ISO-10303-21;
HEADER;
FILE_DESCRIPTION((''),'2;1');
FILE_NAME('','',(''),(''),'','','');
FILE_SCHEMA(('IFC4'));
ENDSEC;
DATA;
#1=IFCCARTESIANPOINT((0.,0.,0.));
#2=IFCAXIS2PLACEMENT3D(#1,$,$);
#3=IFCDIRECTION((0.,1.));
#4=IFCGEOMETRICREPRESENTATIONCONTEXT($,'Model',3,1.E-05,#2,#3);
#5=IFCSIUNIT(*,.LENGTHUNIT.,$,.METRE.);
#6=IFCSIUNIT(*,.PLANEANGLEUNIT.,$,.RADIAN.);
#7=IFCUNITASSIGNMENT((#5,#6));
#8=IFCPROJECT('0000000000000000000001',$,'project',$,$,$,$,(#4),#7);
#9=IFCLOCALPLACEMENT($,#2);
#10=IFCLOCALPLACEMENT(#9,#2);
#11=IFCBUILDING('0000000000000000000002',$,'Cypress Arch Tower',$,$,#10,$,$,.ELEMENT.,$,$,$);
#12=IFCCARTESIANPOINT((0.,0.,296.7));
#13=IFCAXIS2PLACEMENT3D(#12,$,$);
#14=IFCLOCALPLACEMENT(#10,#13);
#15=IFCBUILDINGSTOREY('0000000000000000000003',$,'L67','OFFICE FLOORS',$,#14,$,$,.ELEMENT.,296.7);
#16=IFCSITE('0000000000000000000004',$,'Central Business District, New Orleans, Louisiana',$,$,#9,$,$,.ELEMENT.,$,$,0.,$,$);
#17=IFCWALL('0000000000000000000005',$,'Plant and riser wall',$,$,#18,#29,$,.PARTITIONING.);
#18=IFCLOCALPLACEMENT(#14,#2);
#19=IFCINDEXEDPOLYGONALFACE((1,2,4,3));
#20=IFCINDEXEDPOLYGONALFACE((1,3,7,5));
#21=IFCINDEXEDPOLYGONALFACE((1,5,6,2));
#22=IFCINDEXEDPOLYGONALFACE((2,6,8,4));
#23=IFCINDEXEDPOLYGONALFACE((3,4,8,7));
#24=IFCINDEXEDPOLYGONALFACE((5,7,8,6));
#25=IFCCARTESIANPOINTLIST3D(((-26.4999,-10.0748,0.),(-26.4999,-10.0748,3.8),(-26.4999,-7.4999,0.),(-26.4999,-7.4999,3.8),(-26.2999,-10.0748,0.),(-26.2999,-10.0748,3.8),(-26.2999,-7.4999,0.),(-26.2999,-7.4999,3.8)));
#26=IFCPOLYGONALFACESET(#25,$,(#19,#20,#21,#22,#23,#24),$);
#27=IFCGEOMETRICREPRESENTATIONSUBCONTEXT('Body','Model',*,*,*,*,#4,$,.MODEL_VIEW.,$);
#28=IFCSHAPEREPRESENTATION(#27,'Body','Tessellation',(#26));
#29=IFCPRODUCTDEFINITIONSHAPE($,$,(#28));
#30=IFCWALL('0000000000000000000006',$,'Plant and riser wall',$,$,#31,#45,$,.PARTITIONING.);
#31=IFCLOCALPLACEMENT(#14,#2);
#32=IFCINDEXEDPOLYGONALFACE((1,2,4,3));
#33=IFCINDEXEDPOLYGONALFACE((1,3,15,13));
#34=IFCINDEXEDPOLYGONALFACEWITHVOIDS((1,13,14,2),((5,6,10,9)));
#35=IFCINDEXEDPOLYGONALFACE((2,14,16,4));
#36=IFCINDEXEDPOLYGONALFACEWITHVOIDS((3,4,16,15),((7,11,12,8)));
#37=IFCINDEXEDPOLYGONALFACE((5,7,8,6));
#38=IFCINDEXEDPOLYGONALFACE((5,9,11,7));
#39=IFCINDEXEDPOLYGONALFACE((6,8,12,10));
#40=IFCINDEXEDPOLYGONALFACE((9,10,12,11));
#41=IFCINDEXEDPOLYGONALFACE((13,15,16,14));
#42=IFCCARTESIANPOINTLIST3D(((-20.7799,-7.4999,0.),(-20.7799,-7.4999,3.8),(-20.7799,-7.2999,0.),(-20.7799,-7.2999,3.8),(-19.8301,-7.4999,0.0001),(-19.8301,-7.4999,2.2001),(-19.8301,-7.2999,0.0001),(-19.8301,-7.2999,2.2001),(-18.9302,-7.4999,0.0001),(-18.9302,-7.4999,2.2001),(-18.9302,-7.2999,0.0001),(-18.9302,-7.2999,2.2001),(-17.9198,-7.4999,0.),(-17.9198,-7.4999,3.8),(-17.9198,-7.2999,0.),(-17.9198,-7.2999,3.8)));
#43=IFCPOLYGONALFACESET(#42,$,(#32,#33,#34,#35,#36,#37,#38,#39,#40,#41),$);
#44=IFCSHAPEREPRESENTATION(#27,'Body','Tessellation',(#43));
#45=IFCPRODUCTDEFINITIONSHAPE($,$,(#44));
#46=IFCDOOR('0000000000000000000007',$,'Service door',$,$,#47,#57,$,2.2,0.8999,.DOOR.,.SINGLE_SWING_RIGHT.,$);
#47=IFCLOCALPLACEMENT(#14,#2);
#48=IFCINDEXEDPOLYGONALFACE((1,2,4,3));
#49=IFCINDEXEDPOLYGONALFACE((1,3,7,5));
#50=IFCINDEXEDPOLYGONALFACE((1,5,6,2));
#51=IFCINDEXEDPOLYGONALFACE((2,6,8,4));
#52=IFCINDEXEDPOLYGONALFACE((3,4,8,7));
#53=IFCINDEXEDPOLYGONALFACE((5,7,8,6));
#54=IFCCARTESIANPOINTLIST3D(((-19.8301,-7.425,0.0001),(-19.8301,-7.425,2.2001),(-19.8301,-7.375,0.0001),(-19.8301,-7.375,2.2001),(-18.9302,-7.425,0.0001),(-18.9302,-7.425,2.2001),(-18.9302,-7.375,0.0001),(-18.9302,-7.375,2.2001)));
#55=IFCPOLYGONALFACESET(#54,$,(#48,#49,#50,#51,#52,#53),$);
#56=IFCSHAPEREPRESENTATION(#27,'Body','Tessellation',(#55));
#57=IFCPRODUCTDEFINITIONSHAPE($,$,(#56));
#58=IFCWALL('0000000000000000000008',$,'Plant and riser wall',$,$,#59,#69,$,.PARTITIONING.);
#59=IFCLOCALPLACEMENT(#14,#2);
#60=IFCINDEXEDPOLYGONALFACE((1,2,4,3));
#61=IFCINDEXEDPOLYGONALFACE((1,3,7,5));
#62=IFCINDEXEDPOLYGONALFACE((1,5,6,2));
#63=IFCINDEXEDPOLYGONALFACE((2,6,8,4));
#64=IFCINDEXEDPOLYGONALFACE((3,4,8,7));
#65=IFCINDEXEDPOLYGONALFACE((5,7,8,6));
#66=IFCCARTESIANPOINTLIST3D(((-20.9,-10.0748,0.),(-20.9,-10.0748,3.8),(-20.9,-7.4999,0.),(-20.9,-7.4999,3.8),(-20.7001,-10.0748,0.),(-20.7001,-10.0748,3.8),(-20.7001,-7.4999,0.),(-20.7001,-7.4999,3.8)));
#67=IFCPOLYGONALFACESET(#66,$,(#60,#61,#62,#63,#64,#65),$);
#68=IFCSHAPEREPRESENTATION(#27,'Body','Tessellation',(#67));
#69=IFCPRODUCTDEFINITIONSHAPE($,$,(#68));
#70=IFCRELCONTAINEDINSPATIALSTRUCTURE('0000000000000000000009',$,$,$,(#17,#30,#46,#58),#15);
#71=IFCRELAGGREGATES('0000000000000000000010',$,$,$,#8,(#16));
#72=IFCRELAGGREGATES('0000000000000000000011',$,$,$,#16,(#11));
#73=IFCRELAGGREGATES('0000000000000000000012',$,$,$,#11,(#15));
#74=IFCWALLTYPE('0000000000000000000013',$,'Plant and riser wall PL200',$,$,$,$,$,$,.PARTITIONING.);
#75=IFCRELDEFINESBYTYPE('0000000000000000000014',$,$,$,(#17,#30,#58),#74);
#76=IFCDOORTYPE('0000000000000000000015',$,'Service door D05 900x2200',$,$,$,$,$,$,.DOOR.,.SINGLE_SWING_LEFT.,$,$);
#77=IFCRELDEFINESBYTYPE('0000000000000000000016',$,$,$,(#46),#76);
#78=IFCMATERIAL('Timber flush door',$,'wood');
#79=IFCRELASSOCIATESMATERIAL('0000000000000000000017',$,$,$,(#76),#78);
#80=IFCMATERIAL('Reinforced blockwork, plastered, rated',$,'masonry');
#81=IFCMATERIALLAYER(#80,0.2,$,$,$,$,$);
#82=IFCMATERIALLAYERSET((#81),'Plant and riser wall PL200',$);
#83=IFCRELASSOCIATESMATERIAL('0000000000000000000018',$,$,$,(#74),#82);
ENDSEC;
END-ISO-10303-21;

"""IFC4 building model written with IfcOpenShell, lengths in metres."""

from ifc_helpers import new_model, si_unit, direction, frame, frame_2d, origin, place, context, subcontext, project, spatial, rectangle, extrude, material, layer, layer_set, type_object, element, fill, save


model = new_model("IFC4")

# Units and contexts
model_context = context("Model", 3, precision=1e-05, world=origin(), true_north=direction((0.0, 1.0)))
body_context = subcontext(model_context, "Body", "Model", "MODEL_VIEW")
ifc_project = project(units=[si_unit("LENGTHUNIT", "METRE"), si_unit("PLANEANGLEUNIT", "RADIAN")], contexts=[model_context])

# Site, building, storey
site_placement = place(None, origin())
site = spatial("IfcSite", under=ifc_project, at=site_placement, Name="Central Business District, New Orleans, Louisiana", CompositionType="ELEMENT", RefElevation=0.0)
building_placement = place(site_placement, origin())
building = spatial("IfcBuilding", under=site, at=building_placement, Name="Cypress Arch Tower", CompositionType="ELEMENT")
storey_placement = place(building_placement, frame((0.0, 0.0, 296.7)))
storey = spatial("IfcBuildingStorey", under=building, at=storey_placement, Name="L67", Description="OFFICE FLOORS", CompositionType="ELEMENT", Elevation=296.7)

# Shared definitions
ifc_material_1 = material(Name="Timber flush door", Category="wood")
door_type = type_object("IfcDoorType", Name="Service door D05 900x2200", OperationType="SINGLE_SWING_LEFT", PredefinedType="DOOR", material=ifc_material_1)

# Shared definitions
ifc_material_2 = material(Name="Reinforced blockwork, plastered, rated", Category="masonry")
ifc_layer_1 = layer(ifc_material_2, 0.2)
ifc_layer_set_1 = layer_set([ifc_layer_1], Name="Plant and riser wall PL200")
wall_type_1 = type_object("IfcWallType", Name="Plant and riser wall PL200", PredefinedType="PARTITIONING", material=ifc_layer_set_1)

# Wall
wall_1_placement = place(storey_placement, frame((-26.3999, -10.075, 0.0), z_axis=(0.0, 0.0, 1.0), x_axis=(0.0, 1.0, 0.0)))
element("IfcWall", 1, at=wall_1_placement, inside=storey, type_object=wall_type_1, Name="Plant and riser wall", PredefinedType="PARTITIONING", context=body_context, shape_type="SweptSolid", body=[
    extrude(rectangle(XDim=2.575, YDim=0.2, at=frame_2d((1.2876, 0.0))), origin(), (0.0, 0.0, 1.0), 3.8),
])

# Wall, opening, door
wall_2_placement = place(storey_placement, frame((-20.78, -7.3999, 0.0), z_axis=(0.0, 0.0, 1.0), x_axis=(1.0, 0.0, 0.0)))
wall_2 = element("IfcWall", 2, at=wall_2_placement, inside=storey, type_object=wall_type_1, Name="Plant and riser wall", PredefinedType="PARTITIONING", context=body_context, shape_type="SweptSolid", body=[
    extrude(rectangle(XDim=2.8601, YDim=0.2, at=frame_2d((1.4302, 0.0))), origin(), (0.0, 0.0, 1.0), 3.8),
])
opening_1_placement = place(wall_2_placement, frame((0.95, 0.0, 0.0)))
opening_1 = element("IfcOpeningElement", 3, at=opening_1_placement, cuts=wall_2, PredefinedType="OPENING", context=body_context, shape_type="SweptSolid", body=[
    extrude(rectangle(XDim=0.8999, YDim=2.2, at=frame_2d((0.45, 1.1001))), frame((0.0, 0.1099, 0.0), z_axis=(0.0, -1.0, 0.0), x_axis=(1.0, 0.0, 0.0)), (0.0, 0.0, 1.0), 0.22),
])
door_1_placement = place(opening_1_placement, origin())
door_1 = element("IfcDoor", 4, at=door_1_placement, inside=storey, type_object=door_type, Name="Service door", OperationType="SINGLE_SWING_RIGHT", OverallHeight=2.2, OverallWidth=0.8999, PredefinedType="DOOR", context=body_context, shape_type="SweptSolid", body=[
    extrude(rectangle(XDim=0.8999, YDim=2.2, at=frame_2d((0.45, 1.1001))), frame((0.0, 0.0249, 0.0), z_axis=(0.0, -1.0, 0.0), x_axis=(1.0, 0.0, 0.0)), (0.0, 0.0, 1.0), 0.05),
])
fill(opening_1, door_1)

# Wall
wall_3_placement = place(storey_placement, frame((-20.8, -10.075, 0.0), z_axis=(0.0, 0.0, 1.0), x_axis=(0.0, 1.0, 0.0)))
element("IfcWall", 5, at=wall_3_placement, inside=storey, type_object=wall_type_1, Name="Plant and riser wall", PredefinedType="PARTITIONING", context=body_context, shape_type="SweptSolid", body=[
    extrude(rectangle(XDim=2.575, YDim=0.2, at=frame_2d((1.2876, 0.0))), origin(), (0.0, 0.0, 1.0), 3.8),
])

save(model, "model.ifc")
